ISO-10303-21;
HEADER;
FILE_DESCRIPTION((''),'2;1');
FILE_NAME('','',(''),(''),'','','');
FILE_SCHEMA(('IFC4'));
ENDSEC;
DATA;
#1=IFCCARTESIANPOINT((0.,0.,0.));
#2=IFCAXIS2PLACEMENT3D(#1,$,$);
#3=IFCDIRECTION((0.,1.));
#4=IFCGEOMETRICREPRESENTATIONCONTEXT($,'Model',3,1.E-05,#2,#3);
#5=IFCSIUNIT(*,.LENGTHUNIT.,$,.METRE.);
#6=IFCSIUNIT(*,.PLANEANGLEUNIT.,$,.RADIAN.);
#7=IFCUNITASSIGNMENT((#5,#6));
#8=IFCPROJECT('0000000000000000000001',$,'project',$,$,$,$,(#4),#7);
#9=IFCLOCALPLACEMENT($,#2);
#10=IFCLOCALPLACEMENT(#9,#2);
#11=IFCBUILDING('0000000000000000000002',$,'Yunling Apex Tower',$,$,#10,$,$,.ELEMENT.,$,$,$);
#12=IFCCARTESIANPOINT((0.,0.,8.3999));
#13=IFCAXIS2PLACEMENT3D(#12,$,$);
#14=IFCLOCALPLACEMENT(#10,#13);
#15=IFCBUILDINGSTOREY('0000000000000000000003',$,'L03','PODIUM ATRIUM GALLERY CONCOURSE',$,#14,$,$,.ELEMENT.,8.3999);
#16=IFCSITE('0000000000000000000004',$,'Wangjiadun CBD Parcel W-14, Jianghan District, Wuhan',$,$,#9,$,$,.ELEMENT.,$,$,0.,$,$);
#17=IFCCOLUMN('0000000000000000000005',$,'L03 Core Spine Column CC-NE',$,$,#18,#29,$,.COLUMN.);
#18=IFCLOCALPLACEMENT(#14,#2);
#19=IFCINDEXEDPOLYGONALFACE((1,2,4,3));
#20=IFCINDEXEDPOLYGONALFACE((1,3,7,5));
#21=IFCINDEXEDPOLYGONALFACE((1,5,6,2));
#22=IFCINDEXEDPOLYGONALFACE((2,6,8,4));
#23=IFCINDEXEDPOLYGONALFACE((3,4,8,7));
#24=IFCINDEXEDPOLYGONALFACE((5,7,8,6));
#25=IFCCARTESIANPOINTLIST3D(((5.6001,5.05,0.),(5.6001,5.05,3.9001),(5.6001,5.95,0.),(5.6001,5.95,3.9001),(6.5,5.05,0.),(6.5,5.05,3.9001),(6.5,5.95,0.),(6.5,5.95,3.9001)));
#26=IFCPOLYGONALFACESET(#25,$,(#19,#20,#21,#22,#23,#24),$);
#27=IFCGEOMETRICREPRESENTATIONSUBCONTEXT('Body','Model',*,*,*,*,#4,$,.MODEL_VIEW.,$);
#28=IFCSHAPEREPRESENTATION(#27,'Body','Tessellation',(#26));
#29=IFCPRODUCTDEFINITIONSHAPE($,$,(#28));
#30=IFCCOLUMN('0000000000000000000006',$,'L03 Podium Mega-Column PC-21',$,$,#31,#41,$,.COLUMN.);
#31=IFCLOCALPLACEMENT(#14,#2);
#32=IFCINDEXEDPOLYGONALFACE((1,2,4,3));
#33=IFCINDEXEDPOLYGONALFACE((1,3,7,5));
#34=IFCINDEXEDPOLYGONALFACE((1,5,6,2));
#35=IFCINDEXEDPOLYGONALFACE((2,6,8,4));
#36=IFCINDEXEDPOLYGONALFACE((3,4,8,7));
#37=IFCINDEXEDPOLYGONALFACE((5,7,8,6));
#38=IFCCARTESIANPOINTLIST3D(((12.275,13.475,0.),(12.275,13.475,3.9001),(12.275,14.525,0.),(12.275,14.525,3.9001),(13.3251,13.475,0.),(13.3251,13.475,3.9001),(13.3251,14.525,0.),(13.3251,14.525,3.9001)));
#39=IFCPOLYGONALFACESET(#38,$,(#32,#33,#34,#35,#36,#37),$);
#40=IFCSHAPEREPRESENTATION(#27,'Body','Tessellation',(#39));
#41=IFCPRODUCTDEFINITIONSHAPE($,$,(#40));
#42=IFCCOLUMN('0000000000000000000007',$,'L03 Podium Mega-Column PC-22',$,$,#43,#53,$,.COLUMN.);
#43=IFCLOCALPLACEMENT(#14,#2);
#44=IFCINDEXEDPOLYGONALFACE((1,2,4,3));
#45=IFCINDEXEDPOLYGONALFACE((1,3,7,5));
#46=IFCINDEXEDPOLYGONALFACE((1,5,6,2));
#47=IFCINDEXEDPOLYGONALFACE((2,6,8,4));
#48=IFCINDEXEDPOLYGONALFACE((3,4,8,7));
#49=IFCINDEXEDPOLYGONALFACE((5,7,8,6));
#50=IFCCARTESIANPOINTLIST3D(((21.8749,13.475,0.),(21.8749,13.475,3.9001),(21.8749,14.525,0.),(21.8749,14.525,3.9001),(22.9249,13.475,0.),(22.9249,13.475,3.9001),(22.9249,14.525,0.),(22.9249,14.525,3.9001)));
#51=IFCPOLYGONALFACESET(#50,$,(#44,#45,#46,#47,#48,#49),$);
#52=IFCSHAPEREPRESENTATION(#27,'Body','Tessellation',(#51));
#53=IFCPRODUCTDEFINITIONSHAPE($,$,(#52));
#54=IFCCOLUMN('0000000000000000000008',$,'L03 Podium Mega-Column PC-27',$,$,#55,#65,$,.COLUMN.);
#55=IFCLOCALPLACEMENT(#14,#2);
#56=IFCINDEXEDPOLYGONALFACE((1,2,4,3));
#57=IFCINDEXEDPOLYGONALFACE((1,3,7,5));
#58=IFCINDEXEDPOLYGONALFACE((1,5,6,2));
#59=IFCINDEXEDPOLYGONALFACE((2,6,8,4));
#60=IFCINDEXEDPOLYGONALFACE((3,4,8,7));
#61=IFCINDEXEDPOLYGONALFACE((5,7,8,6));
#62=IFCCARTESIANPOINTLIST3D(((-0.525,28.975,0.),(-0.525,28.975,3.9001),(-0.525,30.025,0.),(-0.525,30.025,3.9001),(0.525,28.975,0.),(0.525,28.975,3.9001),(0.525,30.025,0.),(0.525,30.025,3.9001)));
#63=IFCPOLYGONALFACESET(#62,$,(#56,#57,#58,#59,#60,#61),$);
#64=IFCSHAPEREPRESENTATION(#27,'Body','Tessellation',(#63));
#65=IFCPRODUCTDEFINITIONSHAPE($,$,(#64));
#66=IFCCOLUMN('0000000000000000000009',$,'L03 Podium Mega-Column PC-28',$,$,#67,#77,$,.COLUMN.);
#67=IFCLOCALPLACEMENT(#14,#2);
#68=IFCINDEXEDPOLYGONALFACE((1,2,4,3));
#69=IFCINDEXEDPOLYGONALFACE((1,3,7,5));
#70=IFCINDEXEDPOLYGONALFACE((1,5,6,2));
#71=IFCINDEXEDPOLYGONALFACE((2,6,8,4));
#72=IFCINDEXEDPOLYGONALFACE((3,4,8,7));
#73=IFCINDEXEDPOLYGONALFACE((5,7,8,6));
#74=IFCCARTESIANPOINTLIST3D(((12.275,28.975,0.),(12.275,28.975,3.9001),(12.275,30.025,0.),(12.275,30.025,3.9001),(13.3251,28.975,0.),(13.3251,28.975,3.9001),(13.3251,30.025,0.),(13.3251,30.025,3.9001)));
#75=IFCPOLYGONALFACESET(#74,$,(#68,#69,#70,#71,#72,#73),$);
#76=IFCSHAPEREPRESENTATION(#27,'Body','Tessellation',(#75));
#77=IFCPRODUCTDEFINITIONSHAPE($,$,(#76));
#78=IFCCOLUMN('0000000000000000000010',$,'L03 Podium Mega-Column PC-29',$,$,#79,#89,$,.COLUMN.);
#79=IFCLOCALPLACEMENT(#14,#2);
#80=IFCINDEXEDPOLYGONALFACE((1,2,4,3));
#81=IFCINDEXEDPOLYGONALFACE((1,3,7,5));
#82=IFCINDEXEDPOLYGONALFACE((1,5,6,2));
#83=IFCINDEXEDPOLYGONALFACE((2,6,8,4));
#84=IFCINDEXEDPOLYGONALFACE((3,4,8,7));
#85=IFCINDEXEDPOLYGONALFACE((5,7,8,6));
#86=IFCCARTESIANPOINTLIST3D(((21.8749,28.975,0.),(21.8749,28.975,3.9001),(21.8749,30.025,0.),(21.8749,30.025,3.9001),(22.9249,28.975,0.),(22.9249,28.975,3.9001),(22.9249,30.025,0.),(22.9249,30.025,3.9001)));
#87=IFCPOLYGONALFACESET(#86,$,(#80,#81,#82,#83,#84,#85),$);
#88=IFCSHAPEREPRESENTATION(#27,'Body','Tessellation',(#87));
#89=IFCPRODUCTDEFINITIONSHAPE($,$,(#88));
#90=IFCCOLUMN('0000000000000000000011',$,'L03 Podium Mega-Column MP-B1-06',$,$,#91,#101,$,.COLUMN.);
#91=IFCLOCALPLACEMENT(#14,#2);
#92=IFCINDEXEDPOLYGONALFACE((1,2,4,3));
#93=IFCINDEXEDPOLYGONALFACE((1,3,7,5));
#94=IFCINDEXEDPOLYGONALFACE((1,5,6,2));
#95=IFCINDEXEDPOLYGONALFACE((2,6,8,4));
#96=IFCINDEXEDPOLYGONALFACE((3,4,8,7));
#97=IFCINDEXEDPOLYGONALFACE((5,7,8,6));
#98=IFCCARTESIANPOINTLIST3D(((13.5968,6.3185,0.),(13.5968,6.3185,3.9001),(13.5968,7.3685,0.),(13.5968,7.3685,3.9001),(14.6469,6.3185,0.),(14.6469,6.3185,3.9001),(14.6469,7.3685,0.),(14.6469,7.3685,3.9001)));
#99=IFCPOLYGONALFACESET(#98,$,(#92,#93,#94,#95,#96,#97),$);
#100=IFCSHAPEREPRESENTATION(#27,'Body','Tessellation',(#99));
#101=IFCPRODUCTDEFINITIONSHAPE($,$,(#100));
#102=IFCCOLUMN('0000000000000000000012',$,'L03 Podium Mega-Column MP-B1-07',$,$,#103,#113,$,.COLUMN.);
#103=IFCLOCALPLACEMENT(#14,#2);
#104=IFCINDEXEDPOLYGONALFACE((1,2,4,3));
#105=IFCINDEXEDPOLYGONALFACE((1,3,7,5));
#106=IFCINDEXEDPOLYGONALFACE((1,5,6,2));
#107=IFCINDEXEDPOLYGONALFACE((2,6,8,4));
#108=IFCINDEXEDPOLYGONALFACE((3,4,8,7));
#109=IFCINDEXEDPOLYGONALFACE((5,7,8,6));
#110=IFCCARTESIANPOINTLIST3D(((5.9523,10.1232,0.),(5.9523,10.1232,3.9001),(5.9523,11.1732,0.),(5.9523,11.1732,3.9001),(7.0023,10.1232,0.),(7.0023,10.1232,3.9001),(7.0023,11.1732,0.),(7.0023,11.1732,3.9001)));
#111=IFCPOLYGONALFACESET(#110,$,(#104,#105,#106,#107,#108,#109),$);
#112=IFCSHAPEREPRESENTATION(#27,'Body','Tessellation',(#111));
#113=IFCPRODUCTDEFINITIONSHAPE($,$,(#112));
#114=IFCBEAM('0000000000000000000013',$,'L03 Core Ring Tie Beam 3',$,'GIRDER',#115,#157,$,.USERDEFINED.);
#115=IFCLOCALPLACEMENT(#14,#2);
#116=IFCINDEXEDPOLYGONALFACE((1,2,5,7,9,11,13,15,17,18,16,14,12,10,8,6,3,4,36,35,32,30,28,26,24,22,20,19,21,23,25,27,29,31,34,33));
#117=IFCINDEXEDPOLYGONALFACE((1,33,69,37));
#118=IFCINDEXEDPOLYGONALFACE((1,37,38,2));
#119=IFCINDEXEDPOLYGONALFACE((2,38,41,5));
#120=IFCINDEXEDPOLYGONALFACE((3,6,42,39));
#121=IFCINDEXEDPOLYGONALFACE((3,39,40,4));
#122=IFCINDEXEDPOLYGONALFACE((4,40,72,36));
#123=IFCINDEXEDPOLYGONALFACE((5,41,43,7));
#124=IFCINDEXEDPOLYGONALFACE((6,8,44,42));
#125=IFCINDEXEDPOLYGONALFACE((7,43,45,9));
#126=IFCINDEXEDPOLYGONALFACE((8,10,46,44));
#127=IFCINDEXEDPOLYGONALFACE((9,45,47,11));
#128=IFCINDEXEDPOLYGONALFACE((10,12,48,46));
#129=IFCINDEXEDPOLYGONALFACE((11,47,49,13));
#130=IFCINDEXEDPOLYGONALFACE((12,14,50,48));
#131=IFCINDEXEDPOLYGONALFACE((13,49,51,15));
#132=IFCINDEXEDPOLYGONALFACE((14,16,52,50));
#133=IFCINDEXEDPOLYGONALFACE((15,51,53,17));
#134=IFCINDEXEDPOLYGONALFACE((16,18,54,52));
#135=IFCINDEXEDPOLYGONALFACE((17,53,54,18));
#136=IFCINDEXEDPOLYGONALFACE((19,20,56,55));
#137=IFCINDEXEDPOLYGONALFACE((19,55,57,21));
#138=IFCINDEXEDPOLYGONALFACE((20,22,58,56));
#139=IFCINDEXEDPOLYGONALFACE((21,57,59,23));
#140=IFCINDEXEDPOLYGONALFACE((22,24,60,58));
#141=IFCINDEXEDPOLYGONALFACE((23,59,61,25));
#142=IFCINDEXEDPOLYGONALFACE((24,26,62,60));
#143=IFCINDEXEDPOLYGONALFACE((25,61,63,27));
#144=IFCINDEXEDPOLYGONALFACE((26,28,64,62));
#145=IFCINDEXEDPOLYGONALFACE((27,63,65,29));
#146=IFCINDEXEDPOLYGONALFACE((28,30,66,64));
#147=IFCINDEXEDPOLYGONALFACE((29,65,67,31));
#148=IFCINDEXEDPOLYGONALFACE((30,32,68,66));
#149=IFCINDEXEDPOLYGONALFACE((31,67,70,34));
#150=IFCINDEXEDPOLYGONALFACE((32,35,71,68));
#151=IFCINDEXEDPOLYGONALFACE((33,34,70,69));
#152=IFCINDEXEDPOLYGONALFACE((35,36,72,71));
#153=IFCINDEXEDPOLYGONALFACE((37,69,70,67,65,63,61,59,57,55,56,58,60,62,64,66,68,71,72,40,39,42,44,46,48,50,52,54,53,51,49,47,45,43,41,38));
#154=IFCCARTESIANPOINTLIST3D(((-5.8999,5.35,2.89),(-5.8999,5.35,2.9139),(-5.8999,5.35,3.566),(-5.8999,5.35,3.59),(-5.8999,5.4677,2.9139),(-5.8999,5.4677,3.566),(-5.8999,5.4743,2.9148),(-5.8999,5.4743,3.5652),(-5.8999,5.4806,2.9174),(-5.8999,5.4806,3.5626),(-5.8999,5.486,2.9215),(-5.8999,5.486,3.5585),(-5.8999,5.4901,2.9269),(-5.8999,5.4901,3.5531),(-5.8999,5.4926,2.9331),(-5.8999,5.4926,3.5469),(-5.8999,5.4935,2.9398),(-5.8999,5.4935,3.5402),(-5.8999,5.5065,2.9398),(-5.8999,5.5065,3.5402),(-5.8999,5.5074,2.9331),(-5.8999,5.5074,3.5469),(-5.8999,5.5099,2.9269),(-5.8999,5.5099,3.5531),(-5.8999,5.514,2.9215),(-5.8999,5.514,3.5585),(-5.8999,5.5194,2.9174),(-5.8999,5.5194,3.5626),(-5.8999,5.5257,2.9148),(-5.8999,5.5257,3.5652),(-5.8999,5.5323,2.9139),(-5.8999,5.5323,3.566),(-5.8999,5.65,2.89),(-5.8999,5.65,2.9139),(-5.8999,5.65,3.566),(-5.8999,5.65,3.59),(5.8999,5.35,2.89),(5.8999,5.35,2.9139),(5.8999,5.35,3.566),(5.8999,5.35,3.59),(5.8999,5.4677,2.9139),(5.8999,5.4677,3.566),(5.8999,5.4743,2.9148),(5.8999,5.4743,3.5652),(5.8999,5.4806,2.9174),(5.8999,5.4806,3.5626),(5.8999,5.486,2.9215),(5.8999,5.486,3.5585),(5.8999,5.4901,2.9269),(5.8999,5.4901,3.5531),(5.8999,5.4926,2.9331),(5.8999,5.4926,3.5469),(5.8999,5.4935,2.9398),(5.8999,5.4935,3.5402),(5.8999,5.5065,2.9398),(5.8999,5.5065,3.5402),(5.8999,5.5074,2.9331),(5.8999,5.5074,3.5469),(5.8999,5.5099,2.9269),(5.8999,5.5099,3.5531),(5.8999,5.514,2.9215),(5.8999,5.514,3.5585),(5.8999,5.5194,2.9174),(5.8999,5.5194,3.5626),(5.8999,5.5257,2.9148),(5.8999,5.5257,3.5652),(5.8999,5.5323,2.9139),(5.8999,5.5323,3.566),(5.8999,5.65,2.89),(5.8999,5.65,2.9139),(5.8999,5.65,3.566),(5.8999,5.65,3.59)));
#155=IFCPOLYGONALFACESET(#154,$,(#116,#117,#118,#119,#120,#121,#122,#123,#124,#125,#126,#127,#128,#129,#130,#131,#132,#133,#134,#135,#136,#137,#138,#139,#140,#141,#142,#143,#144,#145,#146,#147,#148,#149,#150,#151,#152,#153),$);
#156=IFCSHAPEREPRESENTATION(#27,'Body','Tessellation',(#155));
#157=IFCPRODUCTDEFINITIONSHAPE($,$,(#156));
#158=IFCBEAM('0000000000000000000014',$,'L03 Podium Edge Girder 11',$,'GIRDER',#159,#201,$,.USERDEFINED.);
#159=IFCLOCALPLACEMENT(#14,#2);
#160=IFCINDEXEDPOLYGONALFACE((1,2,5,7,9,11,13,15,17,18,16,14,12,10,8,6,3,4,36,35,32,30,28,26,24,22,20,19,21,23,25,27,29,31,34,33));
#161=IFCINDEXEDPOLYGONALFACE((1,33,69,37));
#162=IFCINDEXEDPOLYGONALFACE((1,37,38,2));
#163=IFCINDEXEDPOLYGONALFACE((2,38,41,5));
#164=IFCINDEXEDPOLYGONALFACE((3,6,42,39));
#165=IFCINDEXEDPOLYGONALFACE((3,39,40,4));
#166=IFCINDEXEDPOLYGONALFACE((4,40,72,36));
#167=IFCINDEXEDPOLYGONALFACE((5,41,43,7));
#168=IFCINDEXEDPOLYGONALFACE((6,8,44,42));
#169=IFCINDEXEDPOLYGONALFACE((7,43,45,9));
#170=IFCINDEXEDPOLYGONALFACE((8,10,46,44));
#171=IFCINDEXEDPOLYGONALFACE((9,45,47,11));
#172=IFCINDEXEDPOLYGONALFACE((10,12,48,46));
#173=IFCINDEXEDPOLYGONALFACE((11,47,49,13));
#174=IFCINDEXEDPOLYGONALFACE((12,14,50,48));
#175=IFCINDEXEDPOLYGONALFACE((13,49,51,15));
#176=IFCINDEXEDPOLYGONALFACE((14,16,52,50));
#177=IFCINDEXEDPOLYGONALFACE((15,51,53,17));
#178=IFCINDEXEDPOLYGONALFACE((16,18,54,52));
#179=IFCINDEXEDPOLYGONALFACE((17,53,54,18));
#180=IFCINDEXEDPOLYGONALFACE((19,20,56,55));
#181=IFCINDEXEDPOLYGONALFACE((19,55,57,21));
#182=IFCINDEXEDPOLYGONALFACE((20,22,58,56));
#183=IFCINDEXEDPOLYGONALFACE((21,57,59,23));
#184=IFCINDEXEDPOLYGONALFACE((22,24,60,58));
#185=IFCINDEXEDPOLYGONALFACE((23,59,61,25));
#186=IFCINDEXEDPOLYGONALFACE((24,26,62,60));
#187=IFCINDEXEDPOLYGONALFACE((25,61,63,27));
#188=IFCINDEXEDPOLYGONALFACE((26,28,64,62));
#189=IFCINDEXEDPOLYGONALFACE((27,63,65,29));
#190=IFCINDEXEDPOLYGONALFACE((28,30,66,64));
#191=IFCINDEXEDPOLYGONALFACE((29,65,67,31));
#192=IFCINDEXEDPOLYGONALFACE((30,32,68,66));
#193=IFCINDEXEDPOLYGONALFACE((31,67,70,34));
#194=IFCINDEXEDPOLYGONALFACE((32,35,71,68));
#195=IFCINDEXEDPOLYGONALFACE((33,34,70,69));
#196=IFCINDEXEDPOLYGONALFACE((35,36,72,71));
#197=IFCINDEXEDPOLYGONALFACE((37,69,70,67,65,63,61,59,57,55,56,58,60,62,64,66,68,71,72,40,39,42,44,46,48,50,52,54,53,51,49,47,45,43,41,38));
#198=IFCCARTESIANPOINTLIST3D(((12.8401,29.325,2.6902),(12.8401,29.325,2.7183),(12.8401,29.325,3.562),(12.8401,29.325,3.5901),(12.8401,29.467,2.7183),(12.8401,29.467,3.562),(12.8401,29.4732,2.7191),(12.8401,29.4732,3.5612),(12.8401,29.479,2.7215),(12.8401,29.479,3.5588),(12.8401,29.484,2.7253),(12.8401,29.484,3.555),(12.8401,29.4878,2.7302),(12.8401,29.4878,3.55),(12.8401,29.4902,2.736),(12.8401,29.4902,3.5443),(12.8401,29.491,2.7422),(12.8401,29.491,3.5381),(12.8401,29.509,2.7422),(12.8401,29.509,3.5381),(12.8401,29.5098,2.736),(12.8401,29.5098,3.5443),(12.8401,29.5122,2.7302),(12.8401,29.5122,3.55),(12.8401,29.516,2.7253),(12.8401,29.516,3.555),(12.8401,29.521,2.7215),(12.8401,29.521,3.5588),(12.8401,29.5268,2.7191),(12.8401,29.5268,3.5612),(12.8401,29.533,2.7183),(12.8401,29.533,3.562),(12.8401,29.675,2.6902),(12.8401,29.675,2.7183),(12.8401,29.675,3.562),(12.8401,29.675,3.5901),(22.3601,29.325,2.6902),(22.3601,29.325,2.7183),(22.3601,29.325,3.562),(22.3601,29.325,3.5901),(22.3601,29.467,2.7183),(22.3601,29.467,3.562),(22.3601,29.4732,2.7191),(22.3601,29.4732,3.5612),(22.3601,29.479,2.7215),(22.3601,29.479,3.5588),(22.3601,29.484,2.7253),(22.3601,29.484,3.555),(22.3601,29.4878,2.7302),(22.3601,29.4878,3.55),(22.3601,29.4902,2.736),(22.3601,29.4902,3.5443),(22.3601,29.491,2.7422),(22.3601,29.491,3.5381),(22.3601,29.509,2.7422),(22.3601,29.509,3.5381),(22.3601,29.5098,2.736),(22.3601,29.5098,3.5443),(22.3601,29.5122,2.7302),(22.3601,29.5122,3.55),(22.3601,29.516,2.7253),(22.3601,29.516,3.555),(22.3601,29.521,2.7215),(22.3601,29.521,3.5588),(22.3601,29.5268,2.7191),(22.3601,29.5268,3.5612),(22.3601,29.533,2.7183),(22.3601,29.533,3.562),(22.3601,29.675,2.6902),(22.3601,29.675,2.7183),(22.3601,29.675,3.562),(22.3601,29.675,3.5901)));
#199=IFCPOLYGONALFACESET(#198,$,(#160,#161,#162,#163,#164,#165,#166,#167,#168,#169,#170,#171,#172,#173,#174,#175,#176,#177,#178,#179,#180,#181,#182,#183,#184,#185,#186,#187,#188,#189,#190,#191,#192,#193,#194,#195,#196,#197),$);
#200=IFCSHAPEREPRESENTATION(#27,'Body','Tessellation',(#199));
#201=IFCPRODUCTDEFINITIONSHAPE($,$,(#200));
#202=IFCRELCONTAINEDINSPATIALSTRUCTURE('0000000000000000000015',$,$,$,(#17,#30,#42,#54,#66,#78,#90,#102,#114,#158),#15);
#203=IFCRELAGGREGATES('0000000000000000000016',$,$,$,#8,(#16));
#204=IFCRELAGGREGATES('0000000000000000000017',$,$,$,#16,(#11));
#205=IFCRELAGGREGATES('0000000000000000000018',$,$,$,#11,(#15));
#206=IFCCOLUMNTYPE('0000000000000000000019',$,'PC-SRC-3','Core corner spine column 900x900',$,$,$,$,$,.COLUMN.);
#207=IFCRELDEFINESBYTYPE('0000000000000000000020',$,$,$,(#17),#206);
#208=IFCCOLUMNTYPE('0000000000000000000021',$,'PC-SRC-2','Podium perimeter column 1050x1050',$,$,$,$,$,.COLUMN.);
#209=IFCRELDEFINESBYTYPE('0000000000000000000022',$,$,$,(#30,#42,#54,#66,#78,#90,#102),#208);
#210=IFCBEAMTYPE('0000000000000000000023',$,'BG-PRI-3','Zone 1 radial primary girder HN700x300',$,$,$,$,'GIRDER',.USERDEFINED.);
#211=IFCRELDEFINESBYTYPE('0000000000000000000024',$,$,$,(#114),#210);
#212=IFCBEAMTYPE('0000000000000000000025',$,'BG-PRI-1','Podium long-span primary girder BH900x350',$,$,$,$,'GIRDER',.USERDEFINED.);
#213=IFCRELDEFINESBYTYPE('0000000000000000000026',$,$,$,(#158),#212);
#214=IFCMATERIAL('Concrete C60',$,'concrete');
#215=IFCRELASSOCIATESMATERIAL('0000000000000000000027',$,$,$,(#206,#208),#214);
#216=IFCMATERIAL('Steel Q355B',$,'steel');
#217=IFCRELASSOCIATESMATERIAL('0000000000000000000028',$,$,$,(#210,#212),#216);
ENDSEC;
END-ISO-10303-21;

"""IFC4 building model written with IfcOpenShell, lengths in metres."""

from ifc_helpers import new_model, si_unit, direction, frame, origin, origin_2d, place, context, subcontext, project, spatial, rectangle, i_section, extrude, source, transform, mapped, material, material_profile, profile_set, type_object, element, save


model = new_model("IFC4")

# Units and contexts
model_context = context("Model", 3, precision=1e-05, world=origin(), true_north=direction((0.0, 1.0)))
body_context = subcontext(model_context, "Body", "Model", "MODEL_VIEW")
ifc_project = project(units=[si_unit("LENGTHUNIT", "METRE"), si_unit("PLANEANGLEUNIT", "RADIAN")], contexts=[model_context])

# Site, building, storey
site_placement = place(None, origin())
site = spatial("IfcSite", under=ifc_project, at=site_placement, Name="Wangjiadun CBD Parcel W-14, Jianghan District, Wuhan", CompositionType="ELEMENT", RefElevation=0.0)
building_placement = place(site_placement, origin())
building = spatial("IfcBuilding", under=site, at=building_placement, Name="Yunling Apex Tower", CompositionType="ELEMENT")
storey_placement = place(building_placement, frame((0.0, 0.0, 8.3999)))
storey = spatial("IfcBuildingStorey", under=building, at=storey_placement, Name="L03", Description="PODIUM ATRIUM GALLERY CONCOURSE", CompositionType="ELEMENT", Elevation=8.3999)

# Columns
ifc_material_1 = material(Name="Concrete C60", Category="concrete")
ifc_material_profile_1 = material_profile(ifc_material_1, rectangle(XDim=0.8999, YDim=0.8999, at=origin_2d()))
ifc_profile_set_1 = profile_set([ifc_material_profile_1], Name="Concrete C60")
column_type_1 = type_object("IfcColumnType", Name="PC-SRC-3", Description="Core corner spine column 900x900", PredefinedType="COLUMN", material=ifc_profile_set_1)
shared_shape_1 = source(origin(), body_context, "Body", "SweptSolid", [
    extrude(rectangle(XDim=0.8999, YDim=0.8999, at=origin_2d()), origin(), (0.0, 0.0, 1.0), 3.9001),
])
column_placement = place(storey_placement, frame((6.05, 5.5, 0.0), z_axis=(0.0, 0.0, 1.0), x_axis=(1.0, 0.0, 0.0)))
element("IfcColumn", 1, at=column_placement, inside=storey, type_object=column_type_1, Name="L03 Core Spine Column CC-NE", PredefinedType="COLUMN", context=body_context, shape_type="MappedRepresentation", body=[
    mapped(shared_shape_1, transform((0.0, 0.0, 0.0), scale=1.0)),
])
ifc_material_profile_2 = material_profile(ifc_material_1, rectangle(XDim=1.05, YDim=1.05, at=origin_2d()))
ifc_profile_set_2 = profile_set([ifc_material_profile_2], Name="Concrete C60")
column_type_2 = type_object("IfcColumnType", Name="PC-SRC-2", Description="Podium perimeter column 1050x1050", PredefinedType="COLUMN", material=ifc_profile_set_2)
shared_shape_2 = source(origin(), body_context, "Body", "SweptSolid", [
    extrude(rectangle(XDim=1.05, YDim=1.05, at=origin_2d()), origin(), (0.0, 0.0, 1.0), 3.9001),
])
for number, where, z_axis, x_axis, name in (
    (2, (12.8, 14.0, 0.0), (0.0, 0.0, 1.0), (1.0, 0.0, 0.0), "L03 Podium Mega-Column PC-21"),
    (3, (22.3999, 14.0, 0.0), (0.0, 0.0, 1.0), (1.0, 0.0, 0.0), "L03 Podium Mega-Column PC-22"),
    (4, (0.0, 29.5, 0.0), (0.0, 0.0, 1.0), (1.0, 0.0, 0.0), "L03 Podium Mega-Column PC-27"),
    (5, (12.8, 29.5, 0.0), (0.0, 0.0, 1.0), (1.0, 0.0, 0.0), "L03 Podium Mega-Column PC-28"),
    (6, (22.3999, 29.5, 0.0), (0.0, 0.0, 1.0), (1.0, 0.0, 0.0), "L03 Podium Mega-Column PC-29"),
    (7, (14.1218, 6.8435, 0.0), (0.0, 0.0, 1.0), (1.0, 0.0, 0.0), "L03 Podium Mega-Column MP-B1-06"),
    (8, (6.4773, 10.6482, 0.0), (0.0, 0.0, 1.0), (1.0, 0.0, 0.0), "L03 Podium Mega-Column MP-B1-07"),
):
    element("IfcColumn", number, at=place(storey_placement, frame(where, z_axis=z_axis, x_axis=x_axis)), inside=storey, type_object=column_type_2, Name=name, PredefinedType="COLUMN", context=body_context, shape_type="MappedRepresentation", body=[
        mapped(shared_shape_2, transform((0.0, 0.0, 0.0), scale=1.0)),
    ])

# Beams
ifc_material_2 = material(Name="Steel Q355B", Category="steel")
ifc_material_profile_3 = material_profile(ifc_material_2, i_section(OverallWidth=0.3, OverallDepth=0.7, WebThickness=0.0129, FlangeThickness=0.0239, FilletRadius=0.0259, at=origin_2d()))
ifc_profile_set_3 = profile_set([ifc_material_profile_3], Name="Steel Q355B")
beam_type_1 = type_object("IfcBeamType", Name="BG-PRI-3", Description="Zone 1 radial primary girder HN700x300", ElementType="GIRDER", PredefinedType="USERDEFINED", material=ifc_profile_set_3)
shared_shape_3 = source(origin(), body_context, "Body", "SweptSolid", [
    extrude(i_section(OverallWidth=0.3, OverallDepth=0.7, WebThickness=0.0129, FlangeThickness=0.0239, FilletRadius=0.0259, at=origin_2d()), origin(), (0.0, 0.0, 1.0), 11.7998),
])
beam_1_placement = place(storey_placement, frame((5.8999, 5.5, 3.24), z_axis=(-1.0, 0.0, 0.0), x_axis=(0.0, -1.0, 0.0)))
element("IfcBeam", 9, at=beam_1_placement, inside=storey, type_object=beam_type_1, Name="L03 Core Ring Tie Beam 3", ObjectType="GIRDER", PredefinedType="USERDEFINED", context=body_context, shape_type="MappedRepresentation", body=[
    mapped(shared_shape_3, transform((0.0, 0.0, 0.0), scale=1.0)),
])
ifc_material_profile_4 = material_profile(ifc_material_2, i_section(OverallWidth=0.3501, OverallDepth=0.8999, WebThickness=0.0181, FlangeThickness=0.0281, FilletRadius=0.0239, at=origin_2d()))
ifc_profile_set_4 = profile_set([ifc_material_profile_4], Name="Steel Q355B")
beam_type_2 = type_object("IfcBeamType", Name="BG-PRI-1", Description="Podium long-span primary girder BH900x350", ElementType="GIRDER", PredefinedType="USERDEFINED", material=ifc_profile_set_4)
shared_shape_4 = source(origin(), body_context, "Body", "SweptSolid", [
    extrude(i_section(OverallWidth=0.3501, OverallDepth=0.8999, WebThickness=0.0181, FlangeThickness=0.0281, FilletRadius=0.0239, at=origin_2d()), origin(), (0.0, 0.0, 1.0), 9.52),
])
beam_2_placement = place(storey_placement, frame((12.8401, 29.5, 3.1401), z_axis=(1.0, 0.0, 0.0), x_axis=(0.0, 1.0, 0.0)))
element("IfcBeam", 10, at=beam_2_placement, inside=storey, type_object=beam_type_2, Name="L03 Podium Edge Girder 11", ObjectType="GIRDER", PredefinedType="USERDEFINED", context=body_context, shape_type="MappedRepresentation", body=[
    mapped(shared_shape_4, transform((0.0, 0.0, 0.0), scale=1.0)),
])

save(model, "model.ifc")
